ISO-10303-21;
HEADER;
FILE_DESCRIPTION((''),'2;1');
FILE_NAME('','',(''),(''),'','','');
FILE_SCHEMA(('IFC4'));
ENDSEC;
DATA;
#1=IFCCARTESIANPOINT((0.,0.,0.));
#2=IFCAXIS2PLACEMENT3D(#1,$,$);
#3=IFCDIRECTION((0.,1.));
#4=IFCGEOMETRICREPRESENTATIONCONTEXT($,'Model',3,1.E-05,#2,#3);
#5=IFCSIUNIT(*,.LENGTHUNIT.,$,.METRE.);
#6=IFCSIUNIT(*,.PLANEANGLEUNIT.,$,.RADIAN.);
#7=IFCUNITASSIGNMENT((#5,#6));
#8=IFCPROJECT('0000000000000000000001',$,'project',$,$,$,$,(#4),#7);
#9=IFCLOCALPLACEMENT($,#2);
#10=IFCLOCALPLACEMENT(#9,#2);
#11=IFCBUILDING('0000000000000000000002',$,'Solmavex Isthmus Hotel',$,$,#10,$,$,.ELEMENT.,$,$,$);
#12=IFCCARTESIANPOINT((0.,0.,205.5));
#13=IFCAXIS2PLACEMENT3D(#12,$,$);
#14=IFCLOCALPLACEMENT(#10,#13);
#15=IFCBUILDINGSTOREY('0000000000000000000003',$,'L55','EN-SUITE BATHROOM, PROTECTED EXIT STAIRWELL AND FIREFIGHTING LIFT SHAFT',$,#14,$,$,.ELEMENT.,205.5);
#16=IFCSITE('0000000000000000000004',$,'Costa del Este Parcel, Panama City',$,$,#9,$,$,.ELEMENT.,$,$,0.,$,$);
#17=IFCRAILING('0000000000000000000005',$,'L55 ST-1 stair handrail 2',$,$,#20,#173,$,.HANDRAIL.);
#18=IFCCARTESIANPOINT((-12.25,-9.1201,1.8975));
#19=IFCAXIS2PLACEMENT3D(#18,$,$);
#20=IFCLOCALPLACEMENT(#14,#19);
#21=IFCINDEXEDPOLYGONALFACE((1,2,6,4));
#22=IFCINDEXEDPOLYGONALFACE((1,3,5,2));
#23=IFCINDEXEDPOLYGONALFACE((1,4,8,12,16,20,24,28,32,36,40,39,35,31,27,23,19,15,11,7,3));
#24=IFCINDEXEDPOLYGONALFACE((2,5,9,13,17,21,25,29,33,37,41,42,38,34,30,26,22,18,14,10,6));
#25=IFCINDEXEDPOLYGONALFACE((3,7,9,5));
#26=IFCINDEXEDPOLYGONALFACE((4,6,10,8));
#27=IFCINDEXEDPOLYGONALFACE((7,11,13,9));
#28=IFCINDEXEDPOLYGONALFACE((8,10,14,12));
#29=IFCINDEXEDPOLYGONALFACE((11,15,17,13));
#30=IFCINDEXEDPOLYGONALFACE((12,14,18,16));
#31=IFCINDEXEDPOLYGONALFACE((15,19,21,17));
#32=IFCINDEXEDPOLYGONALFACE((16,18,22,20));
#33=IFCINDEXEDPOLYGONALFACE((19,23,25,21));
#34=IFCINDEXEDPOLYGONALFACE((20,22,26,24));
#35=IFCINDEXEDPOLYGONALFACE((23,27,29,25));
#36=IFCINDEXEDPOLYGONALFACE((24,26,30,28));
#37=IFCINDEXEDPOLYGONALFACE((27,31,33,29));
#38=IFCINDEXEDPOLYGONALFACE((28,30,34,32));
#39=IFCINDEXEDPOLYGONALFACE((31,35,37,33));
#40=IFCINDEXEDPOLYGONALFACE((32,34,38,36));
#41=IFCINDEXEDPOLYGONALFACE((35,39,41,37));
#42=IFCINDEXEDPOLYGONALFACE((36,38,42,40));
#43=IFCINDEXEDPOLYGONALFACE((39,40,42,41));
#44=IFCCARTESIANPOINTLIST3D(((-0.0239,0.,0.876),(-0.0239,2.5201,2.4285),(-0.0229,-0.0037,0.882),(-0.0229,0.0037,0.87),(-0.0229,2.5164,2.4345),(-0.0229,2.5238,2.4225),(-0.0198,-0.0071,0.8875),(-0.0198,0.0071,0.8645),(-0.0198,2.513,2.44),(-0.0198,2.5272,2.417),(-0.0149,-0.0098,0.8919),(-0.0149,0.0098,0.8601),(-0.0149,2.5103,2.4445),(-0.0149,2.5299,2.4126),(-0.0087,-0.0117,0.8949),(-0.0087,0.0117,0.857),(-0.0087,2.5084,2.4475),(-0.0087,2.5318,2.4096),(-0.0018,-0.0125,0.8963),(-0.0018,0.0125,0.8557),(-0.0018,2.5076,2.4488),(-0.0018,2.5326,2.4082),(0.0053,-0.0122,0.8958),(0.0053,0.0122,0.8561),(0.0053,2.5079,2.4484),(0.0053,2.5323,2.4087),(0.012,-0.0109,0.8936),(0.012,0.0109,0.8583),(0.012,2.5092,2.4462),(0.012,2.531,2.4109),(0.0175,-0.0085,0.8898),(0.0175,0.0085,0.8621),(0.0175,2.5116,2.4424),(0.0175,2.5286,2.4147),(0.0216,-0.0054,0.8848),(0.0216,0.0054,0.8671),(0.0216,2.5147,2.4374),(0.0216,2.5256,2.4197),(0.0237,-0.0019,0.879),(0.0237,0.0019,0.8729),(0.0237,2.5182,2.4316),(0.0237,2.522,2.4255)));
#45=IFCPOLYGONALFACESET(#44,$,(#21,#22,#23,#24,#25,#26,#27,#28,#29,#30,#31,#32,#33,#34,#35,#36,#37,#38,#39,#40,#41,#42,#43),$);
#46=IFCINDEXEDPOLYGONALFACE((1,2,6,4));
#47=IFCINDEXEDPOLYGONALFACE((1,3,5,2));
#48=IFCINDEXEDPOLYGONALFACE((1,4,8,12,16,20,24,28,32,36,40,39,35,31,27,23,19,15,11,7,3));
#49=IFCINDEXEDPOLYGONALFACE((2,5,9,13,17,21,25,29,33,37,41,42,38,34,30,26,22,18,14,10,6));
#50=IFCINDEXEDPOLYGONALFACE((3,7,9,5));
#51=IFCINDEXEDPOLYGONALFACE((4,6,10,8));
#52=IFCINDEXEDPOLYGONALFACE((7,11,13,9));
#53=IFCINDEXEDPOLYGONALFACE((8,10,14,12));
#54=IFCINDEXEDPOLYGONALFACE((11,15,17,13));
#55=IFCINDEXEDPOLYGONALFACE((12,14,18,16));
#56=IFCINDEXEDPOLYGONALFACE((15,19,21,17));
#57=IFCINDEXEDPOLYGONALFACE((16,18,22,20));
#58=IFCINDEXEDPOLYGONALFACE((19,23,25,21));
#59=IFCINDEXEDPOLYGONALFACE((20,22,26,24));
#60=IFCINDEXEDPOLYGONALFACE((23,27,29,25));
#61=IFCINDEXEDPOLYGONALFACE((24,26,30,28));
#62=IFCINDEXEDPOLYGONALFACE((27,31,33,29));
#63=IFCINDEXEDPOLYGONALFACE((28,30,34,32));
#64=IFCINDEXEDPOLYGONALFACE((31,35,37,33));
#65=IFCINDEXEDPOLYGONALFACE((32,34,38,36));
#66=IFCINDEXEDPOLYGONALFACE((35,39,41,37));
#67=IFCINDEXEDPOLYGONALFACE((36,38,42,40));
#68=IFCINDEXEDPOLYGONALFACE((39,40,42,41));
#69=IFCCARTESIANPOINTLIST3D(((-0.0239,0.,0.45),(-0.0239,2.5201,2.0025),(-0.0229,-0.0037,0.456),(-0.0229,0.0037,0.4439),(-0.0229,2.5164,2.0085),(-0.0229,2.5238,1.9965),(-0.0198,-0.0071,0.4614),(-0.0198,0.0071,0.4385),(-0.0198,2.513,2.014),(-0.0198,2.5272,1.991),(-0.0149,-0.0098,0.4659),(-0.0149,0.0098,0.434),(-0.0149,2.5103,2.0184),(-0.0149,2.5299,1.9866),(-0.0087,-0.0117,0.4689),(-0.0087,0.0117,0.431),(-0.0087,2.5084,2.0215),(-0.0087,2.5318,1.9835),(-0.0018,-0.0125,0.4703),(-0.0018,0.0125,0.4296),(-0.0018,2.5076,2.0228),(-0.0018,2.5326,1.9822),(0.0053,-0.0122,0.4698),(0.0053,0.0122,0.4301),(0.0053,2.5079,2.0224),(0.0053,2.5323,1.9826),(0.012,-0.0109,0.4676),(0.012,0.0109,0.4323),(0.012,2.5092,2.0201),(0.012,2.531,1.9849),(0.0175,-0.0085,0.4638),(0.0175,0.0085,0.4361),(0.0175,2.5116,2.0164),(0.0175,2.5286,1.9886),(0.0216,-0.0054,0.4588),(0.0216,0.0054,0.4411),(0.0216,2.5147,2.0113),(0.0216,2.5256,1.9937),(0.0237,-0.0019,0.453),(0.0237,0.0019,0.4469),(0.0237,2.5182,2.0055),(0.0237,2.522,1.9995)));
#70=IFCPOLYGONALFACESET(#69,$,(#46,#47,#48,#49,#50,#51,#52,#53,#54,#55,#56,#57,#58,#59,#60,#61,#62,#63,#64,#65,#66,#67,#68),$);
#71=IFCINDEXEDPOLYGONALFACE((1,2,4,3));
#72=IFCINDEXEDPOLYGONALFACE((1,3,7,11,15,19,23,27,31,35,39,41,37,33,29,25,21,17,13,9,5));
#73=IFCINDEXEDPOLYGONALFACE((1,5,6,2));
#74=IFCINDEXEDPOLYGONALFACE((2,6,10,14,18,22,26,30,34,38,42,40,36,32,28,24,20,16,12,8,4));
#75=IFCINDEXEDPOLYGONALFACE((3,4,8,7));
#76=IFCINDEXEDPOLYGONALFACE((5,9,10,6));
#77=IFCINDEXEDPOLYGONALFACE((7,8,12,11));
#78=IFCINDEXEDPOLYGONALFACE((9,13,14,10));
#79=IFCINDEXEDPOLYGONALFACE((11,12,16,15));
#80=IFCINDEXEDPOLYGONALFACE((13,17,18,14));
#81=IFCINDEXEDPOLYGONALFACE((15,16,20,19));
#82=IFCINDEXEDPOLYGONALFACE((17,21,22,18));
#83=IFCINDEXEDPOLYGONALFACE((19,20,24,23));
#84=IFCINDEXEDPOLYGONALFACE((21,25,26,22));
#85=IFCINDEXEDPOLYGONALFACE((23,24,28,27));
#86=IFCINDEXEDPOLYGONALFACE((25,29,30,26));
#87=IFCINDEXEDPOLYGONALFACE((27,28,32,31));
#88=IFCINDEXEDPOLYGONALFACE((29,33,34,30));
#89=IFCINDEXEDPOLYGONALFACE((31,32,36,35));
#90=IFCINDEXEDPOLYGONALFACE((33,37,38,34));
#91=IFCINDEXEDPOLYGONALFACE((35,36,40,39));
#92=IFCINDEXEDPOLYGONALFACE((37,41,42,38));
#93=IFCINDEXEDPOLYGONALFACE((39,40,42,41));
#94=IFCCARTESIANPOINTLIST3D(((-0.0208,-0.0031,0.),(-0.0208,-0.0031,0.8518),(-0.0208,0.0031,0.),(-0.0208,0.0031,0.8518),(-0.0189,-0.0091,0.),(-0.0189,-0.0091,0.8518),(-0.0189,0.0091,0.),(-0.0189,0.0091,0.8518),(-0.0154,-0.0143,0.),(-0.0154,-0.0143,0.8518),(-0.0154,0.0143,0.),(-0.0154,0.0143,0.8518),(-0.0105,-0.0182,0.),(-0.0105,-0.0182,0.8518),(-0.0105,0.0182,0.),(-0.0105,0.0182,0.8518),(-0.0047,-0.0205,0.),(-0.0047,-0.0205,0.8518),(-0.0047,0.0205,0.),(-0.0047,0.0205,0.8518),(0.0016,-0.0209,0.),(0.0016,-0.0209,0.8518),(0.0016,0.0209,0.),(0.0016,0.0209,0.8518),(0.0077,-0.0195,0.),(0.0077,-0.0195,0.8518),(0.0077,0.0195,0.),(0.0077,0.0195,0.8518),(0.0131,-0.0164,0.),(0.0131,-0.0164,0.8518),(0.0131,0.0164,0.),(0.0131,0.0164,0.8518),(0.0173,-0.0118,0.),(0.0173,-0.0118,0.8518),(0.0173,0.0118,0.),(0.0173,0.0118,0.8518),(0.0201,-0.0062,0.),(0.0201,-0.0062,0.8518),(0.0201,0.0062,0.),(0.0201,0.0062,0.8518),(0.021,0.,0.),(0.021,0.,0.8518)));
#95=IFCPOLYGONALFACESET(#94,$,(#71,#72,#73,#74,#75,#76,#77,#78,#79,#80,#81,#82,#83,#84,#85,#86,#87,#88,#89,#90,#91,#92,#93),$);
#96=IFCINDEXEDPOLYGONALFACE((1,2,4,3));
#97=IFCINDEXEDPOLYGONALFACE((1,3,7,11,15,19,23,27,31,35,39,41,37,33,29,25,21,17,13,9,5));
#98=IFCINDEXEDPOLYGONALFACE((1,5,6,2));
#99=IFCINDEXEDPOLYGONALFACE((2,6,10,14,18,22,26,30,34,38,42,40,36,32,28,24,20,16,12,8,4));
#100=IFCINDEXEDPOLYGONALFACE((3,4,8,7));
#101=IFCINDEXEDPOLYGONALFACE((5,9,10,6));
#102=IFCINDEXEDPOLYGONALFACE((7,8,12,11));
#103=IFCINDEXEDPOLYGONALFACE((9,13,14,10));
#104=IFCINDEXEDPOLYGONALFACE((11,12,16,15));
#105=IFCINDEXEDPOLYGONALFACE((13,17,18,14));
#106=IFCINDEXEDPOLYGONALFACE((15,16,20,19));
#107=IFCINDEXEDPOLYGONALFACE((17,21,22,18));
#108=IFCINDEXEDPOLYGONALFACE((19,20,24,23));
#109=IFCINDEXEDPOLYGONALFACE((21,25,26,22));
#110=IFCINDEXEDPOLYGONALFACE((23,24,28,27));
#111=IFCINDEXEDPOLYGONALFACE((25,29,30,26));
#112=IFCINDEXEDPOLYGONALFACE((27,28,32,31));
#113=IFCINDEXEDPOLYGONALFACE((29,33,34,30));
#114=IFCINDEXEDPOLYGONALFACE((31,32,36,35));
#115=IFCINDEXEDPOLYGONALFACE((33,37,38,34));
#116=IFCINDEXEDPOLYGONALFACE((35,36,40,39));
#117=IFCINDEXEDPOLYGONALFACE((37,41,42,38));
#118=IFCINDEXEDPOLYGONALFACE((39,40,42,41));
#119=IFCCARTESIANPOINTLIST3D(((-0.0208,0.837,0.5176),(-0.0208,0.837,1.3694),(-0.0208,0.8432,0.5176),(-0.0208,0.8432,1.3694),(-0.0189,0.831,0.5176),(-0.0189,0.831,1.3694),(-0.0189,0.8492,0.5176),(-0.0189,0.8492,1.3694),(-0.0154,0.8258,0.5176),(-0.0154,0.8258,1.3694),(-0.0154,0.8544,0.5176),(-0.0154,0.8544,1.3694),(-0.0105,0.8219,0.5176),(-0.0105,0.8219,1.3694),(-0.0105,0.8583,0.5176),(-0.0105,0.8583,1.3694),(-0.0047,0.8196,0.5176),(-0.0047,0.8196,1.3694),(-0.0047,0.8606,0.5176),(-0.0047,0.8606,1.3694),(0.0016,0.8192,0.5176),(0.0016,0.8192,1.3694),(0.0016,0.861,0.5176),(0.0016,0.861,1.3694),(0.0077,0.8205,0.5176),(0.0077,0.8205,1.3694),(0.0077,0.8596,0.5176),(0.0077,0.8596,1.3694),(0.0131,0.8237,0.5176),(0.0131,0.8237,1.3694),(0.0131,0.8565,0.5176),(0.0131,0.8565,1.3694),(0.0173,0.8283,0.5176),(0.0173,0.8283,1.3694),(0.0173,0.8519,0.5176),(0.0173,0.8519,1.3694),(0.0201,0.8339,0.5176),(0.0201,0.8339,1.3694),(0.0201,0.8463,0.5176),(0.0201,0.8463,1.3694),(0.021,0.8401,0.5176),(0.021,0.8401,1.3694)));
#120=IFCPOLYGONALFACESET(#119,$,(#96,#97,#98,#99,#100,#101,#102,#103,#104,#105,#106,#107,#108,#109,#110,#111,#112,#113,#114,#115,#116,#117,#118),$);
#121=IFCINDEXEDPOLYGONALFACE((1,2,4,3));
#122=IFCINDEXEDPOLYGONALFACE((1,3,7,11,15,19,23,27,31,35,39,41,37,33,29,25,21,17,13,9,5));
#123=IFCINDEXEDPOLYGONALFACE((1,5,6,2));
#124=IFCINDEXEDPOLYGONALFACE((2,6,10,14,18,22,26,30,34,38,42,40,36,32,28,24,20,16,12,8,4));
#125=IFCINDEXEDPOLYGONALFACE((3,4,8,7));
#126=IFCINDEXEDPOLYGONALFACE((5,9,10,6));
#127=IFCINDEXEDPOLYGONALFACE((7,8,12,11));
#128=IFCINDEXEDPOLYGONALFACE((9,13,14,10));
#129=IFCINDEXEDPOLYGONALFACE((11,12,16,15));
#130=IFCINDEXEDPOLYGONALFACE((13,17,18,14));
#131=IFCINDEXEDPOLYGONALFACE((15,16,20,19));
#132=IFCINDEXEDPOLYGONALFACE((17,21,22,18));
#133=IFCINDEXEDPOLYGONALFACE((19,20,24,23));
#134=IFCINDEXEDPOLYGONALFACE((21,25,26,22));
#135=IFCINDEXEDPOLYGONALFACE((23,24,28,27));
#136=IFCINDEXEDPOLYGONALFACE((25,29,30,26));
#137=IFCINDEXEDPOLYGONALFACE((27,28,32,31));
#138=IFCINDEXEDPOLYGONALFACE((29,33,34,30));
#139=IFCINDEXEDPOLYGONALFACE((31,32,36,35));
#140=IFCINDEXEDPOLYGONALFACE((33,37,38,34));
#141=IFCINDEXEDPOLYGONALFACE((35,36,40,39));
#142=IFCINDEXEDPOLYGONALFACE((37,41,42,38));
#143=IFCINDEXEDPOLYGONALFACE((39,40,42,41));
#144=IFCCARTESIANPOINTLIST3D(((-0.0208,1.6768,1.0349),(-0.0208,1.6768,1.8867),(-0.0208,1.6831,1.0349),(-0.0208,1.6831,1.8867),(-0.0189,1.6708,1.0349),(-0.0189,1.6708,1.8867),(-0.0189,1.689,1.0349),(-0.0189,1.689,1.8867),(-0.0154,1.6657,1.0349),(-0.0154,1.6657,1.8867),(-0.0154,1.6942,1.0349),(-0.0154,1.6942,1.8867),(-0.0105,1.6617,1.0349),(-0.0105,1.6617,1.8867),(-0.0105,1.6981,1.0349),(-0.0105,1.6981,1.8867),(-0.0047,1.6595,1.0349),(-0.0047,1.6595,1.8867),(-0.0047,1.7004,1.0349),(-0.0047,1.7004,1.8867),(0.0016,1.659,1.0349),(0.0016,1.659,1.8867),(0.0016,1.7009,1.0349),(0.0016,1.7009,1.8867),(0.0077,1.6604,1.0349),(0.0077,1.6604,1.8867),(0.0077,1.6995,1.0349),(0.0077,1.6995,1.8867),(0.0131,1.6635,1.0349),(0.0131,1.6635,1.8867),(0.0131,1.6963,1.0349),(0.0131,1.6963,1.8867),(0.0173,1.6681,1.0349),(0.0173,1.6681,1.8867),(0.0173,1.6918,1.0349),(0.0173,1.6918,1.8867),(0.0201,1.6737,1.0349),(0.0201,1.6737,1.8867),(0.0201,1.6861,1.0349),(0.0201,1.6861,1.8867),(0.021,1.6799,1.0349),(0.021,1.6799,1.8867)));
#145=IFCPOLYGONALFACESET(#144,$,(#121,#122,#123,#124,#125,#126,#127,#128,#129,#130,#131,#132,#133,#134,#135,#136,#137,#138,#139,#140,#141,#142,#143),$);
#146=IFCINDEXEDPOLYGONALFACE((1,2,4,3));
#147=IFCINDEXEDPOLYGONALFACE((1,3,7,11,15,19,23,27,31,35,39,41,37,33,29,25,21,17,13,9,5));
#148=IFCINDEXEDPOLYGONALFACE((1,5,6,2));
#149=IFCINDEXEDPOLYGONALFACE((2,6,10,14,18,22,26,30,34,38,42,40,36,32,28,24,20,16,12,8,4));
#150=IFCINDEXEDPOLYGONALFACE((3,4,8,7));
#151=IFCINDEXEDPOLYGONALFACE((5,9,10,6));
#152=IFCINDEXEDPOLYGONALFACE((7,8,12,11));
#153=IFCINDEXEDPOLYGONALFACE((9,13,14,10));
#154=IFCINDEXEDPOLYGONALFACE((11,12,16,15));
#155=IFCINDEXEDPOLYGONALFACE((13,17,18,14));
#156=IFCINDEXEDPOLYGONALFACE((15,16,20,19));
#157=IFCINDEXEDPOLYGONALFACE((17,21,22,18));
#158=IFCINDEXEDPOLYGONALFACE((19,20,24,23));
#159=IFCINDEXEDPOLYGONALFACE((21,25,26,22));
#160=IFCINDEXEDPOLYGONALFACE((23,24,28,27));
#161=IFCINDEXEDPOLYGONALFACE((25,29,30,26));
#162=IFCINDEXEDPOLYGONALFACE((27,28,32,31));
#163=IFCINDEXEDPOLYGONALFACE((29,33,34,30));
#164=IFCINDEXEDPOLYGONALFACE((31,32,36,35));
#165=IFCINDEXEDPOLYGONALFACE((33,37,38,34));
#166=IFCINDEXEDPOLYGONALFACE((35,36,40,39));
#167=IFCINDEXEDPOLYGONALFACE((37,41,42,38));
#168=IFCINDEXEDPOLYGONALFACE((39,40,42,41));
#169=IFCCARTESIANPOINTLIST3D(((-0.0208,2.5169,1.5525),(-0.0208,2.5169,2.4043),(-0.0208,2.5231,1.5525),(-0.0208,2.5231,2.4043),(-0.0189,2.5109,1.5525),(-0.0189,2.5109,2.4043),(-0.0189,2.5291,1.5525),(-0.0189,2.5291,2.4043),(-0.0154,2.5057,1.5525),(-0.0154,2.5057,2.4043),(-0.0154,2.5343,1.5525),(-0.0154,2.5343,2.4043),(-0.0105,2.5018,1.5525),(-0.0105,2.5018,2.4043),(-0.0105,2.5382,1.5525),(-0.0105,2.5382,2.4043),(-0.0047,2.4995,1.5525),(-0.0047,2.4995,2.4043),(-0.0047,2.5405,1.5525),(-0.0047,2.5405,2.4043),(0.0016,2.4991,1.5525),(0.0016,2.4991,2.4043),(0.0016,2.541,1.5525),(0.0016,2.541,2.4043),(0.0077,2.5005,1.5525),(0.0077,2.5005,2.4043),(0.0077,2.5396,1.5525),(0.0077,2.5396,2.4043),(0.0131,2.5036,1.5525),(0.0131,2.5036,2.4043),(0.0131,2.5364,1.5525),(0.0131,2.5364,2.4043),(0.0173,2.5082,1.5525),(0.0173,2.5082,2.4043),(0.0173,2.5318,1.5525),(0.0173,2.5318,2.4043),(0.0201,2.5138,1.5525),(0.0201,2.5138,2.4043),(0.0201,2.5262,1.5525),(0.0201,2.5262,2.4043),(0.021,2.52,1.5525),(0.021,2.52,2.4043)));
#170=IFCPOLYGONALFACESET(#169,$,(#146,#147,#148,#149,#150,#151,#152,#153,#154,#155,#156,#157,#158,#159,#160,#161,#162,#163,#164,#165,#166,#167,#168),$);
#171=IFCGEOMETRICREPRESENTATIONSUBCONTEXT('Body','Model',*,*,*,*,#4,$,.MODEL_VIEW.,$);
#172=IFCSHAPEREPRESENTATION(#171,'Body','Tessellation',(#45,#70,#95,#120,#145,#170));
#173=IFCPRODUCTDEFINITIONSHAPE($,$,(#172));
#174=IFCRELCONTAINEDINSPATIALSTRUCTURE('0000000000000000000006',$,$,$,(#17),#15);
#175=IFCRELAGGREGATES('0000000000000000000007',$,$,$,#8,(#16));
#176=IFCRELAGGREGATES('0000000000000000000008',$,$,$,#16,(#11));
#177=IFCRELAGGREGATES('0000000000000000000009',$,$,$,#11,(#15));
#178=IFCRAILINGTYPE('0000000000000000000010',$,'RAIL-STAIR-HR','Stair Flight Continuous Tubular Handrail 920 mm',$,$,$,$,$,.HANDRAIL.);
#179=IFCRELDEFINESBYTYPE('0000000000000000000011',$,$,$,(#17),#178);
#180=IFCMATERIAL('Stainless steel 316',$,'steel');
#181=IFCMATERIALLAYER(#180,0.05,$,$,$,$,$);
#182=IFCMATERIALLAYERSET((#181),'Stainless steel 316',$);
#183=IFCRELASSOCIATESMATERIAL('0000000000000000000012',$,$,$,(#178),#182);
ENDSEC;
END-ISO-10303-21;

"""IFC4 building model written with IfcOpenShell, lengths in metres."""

from ifc_helpers import new_model, si_unit, direction, frame, origin, origin_2d, place, context, subcontext, project, spatial, circle, extrude, material, layer, layer_set, type_object, element, save


model = new_model("IFC4")

# Units and contexts
model_context = context("Model", 3, precision=1e-05, world=origin(), true_north=direction((0.0, 1.0)))
body_context = subcontext(model_context, "Body", "Model", "MODEL_VIEW")
ifc_project = project(units=[si_unit("LENGTHUNIT", "METRE"), si_unit("PLANEANGLEUNIT", "RADIAN")], contexts=[model_context])

# Site, building, storey
site_placement = place(None, origin())
site = spatial("IfcSite", under=ifc_project, at=site_placement, Name="Costa del Este Parcel, Panama City", CompositionType="ELEMENT", RefElevation=0.0)
building_placement = place(site_placement, origin())
building = spatial("IfcBuilding", under=site, at=building_placement, Name="Solmavex Isthmus Hotel", CompositionType="ELEMENT")
storey_placement = place(building_placement, frame((0.0, 0.0, 205.5)))
storey = spatial("IfcBuildingStorey", under=building, at=storey_placement, Name="L55", Description="EN-SUITE BATHROOM, PROTECTED EXIT STAIRWELL AND FIREFIGHTING LIFT SHAFT", CompositionType="ELEMENT", Elevation=205.5)

# Shared definitions
ifc_material_1 = material(Name="Stainless steel 316", Category="steel")

# Railing
ifc_layer_1 = layer(ifc_material_1, 0.05)
ifc_layer_set_1 = layer_set([ifc_layer_1], Name="Stainless steel 316")
railing_type = type_object("IfcRailingType", Name="RAIL-STAIR-HR", Description="Stair Flight Continuous Tubular Handrail 920 mm", PredefinedType="HANDRAIL", material=ifc_layer_set_1)
railing_placement = place(storey_placement, frame((-12.25, -9.1201, 1.8975)))
element("IfcRailing", 1, at=railing_placement, inside=storey, type_object=railing_type, Name="L55 ST-1 stair handrail 2", PredefinedType="HANDRAIL", context=body_context, shape_type="SweptSolid", body=[
    extrude(circle(Radius=0.0239, at=origin_2d()), frame((0.0, 0.0, 0.876), z_axis=(0.0, 0.8514, 0.524516), x_axis=(-1.0, 0.0, 0.0)), (0.0, 0.0, 1.0), 2.96),
    extrude(circle(Radius=0.0239, at=origin_2d()), frame((0.0, 0.0, 0.45), z_axis=(0.0, 0.8514, 0.524516), x_axis=(-1.0, 0.0, 0.0)), (0.0, 0.0, 1.0), 2.96),
    extrude(circle(Radius=0.021, at=origin_2d()), origin(), (0.0, 0.0, 1.0), 0.8518),
    extrude(circle(Radius=0.021, at=origin_2d()), frame((0.0, 0.8401, 0.5176)), (0.0, 0.0, 1.0), 0.8518),
    extrude(circle(Radius=0.021, at=origin_2d()), frame((0.0, 1.6799, 1.0349)), (0.0, 0.0, 1.0), 0.8518),
    extrude(circle(Radius=0.021, at=origin_2d()), frame((0.0, 2.52, 1.5525)), (0.0, 0.0, 1.0), 0.8518),
])

save(model, "model.ifc")
